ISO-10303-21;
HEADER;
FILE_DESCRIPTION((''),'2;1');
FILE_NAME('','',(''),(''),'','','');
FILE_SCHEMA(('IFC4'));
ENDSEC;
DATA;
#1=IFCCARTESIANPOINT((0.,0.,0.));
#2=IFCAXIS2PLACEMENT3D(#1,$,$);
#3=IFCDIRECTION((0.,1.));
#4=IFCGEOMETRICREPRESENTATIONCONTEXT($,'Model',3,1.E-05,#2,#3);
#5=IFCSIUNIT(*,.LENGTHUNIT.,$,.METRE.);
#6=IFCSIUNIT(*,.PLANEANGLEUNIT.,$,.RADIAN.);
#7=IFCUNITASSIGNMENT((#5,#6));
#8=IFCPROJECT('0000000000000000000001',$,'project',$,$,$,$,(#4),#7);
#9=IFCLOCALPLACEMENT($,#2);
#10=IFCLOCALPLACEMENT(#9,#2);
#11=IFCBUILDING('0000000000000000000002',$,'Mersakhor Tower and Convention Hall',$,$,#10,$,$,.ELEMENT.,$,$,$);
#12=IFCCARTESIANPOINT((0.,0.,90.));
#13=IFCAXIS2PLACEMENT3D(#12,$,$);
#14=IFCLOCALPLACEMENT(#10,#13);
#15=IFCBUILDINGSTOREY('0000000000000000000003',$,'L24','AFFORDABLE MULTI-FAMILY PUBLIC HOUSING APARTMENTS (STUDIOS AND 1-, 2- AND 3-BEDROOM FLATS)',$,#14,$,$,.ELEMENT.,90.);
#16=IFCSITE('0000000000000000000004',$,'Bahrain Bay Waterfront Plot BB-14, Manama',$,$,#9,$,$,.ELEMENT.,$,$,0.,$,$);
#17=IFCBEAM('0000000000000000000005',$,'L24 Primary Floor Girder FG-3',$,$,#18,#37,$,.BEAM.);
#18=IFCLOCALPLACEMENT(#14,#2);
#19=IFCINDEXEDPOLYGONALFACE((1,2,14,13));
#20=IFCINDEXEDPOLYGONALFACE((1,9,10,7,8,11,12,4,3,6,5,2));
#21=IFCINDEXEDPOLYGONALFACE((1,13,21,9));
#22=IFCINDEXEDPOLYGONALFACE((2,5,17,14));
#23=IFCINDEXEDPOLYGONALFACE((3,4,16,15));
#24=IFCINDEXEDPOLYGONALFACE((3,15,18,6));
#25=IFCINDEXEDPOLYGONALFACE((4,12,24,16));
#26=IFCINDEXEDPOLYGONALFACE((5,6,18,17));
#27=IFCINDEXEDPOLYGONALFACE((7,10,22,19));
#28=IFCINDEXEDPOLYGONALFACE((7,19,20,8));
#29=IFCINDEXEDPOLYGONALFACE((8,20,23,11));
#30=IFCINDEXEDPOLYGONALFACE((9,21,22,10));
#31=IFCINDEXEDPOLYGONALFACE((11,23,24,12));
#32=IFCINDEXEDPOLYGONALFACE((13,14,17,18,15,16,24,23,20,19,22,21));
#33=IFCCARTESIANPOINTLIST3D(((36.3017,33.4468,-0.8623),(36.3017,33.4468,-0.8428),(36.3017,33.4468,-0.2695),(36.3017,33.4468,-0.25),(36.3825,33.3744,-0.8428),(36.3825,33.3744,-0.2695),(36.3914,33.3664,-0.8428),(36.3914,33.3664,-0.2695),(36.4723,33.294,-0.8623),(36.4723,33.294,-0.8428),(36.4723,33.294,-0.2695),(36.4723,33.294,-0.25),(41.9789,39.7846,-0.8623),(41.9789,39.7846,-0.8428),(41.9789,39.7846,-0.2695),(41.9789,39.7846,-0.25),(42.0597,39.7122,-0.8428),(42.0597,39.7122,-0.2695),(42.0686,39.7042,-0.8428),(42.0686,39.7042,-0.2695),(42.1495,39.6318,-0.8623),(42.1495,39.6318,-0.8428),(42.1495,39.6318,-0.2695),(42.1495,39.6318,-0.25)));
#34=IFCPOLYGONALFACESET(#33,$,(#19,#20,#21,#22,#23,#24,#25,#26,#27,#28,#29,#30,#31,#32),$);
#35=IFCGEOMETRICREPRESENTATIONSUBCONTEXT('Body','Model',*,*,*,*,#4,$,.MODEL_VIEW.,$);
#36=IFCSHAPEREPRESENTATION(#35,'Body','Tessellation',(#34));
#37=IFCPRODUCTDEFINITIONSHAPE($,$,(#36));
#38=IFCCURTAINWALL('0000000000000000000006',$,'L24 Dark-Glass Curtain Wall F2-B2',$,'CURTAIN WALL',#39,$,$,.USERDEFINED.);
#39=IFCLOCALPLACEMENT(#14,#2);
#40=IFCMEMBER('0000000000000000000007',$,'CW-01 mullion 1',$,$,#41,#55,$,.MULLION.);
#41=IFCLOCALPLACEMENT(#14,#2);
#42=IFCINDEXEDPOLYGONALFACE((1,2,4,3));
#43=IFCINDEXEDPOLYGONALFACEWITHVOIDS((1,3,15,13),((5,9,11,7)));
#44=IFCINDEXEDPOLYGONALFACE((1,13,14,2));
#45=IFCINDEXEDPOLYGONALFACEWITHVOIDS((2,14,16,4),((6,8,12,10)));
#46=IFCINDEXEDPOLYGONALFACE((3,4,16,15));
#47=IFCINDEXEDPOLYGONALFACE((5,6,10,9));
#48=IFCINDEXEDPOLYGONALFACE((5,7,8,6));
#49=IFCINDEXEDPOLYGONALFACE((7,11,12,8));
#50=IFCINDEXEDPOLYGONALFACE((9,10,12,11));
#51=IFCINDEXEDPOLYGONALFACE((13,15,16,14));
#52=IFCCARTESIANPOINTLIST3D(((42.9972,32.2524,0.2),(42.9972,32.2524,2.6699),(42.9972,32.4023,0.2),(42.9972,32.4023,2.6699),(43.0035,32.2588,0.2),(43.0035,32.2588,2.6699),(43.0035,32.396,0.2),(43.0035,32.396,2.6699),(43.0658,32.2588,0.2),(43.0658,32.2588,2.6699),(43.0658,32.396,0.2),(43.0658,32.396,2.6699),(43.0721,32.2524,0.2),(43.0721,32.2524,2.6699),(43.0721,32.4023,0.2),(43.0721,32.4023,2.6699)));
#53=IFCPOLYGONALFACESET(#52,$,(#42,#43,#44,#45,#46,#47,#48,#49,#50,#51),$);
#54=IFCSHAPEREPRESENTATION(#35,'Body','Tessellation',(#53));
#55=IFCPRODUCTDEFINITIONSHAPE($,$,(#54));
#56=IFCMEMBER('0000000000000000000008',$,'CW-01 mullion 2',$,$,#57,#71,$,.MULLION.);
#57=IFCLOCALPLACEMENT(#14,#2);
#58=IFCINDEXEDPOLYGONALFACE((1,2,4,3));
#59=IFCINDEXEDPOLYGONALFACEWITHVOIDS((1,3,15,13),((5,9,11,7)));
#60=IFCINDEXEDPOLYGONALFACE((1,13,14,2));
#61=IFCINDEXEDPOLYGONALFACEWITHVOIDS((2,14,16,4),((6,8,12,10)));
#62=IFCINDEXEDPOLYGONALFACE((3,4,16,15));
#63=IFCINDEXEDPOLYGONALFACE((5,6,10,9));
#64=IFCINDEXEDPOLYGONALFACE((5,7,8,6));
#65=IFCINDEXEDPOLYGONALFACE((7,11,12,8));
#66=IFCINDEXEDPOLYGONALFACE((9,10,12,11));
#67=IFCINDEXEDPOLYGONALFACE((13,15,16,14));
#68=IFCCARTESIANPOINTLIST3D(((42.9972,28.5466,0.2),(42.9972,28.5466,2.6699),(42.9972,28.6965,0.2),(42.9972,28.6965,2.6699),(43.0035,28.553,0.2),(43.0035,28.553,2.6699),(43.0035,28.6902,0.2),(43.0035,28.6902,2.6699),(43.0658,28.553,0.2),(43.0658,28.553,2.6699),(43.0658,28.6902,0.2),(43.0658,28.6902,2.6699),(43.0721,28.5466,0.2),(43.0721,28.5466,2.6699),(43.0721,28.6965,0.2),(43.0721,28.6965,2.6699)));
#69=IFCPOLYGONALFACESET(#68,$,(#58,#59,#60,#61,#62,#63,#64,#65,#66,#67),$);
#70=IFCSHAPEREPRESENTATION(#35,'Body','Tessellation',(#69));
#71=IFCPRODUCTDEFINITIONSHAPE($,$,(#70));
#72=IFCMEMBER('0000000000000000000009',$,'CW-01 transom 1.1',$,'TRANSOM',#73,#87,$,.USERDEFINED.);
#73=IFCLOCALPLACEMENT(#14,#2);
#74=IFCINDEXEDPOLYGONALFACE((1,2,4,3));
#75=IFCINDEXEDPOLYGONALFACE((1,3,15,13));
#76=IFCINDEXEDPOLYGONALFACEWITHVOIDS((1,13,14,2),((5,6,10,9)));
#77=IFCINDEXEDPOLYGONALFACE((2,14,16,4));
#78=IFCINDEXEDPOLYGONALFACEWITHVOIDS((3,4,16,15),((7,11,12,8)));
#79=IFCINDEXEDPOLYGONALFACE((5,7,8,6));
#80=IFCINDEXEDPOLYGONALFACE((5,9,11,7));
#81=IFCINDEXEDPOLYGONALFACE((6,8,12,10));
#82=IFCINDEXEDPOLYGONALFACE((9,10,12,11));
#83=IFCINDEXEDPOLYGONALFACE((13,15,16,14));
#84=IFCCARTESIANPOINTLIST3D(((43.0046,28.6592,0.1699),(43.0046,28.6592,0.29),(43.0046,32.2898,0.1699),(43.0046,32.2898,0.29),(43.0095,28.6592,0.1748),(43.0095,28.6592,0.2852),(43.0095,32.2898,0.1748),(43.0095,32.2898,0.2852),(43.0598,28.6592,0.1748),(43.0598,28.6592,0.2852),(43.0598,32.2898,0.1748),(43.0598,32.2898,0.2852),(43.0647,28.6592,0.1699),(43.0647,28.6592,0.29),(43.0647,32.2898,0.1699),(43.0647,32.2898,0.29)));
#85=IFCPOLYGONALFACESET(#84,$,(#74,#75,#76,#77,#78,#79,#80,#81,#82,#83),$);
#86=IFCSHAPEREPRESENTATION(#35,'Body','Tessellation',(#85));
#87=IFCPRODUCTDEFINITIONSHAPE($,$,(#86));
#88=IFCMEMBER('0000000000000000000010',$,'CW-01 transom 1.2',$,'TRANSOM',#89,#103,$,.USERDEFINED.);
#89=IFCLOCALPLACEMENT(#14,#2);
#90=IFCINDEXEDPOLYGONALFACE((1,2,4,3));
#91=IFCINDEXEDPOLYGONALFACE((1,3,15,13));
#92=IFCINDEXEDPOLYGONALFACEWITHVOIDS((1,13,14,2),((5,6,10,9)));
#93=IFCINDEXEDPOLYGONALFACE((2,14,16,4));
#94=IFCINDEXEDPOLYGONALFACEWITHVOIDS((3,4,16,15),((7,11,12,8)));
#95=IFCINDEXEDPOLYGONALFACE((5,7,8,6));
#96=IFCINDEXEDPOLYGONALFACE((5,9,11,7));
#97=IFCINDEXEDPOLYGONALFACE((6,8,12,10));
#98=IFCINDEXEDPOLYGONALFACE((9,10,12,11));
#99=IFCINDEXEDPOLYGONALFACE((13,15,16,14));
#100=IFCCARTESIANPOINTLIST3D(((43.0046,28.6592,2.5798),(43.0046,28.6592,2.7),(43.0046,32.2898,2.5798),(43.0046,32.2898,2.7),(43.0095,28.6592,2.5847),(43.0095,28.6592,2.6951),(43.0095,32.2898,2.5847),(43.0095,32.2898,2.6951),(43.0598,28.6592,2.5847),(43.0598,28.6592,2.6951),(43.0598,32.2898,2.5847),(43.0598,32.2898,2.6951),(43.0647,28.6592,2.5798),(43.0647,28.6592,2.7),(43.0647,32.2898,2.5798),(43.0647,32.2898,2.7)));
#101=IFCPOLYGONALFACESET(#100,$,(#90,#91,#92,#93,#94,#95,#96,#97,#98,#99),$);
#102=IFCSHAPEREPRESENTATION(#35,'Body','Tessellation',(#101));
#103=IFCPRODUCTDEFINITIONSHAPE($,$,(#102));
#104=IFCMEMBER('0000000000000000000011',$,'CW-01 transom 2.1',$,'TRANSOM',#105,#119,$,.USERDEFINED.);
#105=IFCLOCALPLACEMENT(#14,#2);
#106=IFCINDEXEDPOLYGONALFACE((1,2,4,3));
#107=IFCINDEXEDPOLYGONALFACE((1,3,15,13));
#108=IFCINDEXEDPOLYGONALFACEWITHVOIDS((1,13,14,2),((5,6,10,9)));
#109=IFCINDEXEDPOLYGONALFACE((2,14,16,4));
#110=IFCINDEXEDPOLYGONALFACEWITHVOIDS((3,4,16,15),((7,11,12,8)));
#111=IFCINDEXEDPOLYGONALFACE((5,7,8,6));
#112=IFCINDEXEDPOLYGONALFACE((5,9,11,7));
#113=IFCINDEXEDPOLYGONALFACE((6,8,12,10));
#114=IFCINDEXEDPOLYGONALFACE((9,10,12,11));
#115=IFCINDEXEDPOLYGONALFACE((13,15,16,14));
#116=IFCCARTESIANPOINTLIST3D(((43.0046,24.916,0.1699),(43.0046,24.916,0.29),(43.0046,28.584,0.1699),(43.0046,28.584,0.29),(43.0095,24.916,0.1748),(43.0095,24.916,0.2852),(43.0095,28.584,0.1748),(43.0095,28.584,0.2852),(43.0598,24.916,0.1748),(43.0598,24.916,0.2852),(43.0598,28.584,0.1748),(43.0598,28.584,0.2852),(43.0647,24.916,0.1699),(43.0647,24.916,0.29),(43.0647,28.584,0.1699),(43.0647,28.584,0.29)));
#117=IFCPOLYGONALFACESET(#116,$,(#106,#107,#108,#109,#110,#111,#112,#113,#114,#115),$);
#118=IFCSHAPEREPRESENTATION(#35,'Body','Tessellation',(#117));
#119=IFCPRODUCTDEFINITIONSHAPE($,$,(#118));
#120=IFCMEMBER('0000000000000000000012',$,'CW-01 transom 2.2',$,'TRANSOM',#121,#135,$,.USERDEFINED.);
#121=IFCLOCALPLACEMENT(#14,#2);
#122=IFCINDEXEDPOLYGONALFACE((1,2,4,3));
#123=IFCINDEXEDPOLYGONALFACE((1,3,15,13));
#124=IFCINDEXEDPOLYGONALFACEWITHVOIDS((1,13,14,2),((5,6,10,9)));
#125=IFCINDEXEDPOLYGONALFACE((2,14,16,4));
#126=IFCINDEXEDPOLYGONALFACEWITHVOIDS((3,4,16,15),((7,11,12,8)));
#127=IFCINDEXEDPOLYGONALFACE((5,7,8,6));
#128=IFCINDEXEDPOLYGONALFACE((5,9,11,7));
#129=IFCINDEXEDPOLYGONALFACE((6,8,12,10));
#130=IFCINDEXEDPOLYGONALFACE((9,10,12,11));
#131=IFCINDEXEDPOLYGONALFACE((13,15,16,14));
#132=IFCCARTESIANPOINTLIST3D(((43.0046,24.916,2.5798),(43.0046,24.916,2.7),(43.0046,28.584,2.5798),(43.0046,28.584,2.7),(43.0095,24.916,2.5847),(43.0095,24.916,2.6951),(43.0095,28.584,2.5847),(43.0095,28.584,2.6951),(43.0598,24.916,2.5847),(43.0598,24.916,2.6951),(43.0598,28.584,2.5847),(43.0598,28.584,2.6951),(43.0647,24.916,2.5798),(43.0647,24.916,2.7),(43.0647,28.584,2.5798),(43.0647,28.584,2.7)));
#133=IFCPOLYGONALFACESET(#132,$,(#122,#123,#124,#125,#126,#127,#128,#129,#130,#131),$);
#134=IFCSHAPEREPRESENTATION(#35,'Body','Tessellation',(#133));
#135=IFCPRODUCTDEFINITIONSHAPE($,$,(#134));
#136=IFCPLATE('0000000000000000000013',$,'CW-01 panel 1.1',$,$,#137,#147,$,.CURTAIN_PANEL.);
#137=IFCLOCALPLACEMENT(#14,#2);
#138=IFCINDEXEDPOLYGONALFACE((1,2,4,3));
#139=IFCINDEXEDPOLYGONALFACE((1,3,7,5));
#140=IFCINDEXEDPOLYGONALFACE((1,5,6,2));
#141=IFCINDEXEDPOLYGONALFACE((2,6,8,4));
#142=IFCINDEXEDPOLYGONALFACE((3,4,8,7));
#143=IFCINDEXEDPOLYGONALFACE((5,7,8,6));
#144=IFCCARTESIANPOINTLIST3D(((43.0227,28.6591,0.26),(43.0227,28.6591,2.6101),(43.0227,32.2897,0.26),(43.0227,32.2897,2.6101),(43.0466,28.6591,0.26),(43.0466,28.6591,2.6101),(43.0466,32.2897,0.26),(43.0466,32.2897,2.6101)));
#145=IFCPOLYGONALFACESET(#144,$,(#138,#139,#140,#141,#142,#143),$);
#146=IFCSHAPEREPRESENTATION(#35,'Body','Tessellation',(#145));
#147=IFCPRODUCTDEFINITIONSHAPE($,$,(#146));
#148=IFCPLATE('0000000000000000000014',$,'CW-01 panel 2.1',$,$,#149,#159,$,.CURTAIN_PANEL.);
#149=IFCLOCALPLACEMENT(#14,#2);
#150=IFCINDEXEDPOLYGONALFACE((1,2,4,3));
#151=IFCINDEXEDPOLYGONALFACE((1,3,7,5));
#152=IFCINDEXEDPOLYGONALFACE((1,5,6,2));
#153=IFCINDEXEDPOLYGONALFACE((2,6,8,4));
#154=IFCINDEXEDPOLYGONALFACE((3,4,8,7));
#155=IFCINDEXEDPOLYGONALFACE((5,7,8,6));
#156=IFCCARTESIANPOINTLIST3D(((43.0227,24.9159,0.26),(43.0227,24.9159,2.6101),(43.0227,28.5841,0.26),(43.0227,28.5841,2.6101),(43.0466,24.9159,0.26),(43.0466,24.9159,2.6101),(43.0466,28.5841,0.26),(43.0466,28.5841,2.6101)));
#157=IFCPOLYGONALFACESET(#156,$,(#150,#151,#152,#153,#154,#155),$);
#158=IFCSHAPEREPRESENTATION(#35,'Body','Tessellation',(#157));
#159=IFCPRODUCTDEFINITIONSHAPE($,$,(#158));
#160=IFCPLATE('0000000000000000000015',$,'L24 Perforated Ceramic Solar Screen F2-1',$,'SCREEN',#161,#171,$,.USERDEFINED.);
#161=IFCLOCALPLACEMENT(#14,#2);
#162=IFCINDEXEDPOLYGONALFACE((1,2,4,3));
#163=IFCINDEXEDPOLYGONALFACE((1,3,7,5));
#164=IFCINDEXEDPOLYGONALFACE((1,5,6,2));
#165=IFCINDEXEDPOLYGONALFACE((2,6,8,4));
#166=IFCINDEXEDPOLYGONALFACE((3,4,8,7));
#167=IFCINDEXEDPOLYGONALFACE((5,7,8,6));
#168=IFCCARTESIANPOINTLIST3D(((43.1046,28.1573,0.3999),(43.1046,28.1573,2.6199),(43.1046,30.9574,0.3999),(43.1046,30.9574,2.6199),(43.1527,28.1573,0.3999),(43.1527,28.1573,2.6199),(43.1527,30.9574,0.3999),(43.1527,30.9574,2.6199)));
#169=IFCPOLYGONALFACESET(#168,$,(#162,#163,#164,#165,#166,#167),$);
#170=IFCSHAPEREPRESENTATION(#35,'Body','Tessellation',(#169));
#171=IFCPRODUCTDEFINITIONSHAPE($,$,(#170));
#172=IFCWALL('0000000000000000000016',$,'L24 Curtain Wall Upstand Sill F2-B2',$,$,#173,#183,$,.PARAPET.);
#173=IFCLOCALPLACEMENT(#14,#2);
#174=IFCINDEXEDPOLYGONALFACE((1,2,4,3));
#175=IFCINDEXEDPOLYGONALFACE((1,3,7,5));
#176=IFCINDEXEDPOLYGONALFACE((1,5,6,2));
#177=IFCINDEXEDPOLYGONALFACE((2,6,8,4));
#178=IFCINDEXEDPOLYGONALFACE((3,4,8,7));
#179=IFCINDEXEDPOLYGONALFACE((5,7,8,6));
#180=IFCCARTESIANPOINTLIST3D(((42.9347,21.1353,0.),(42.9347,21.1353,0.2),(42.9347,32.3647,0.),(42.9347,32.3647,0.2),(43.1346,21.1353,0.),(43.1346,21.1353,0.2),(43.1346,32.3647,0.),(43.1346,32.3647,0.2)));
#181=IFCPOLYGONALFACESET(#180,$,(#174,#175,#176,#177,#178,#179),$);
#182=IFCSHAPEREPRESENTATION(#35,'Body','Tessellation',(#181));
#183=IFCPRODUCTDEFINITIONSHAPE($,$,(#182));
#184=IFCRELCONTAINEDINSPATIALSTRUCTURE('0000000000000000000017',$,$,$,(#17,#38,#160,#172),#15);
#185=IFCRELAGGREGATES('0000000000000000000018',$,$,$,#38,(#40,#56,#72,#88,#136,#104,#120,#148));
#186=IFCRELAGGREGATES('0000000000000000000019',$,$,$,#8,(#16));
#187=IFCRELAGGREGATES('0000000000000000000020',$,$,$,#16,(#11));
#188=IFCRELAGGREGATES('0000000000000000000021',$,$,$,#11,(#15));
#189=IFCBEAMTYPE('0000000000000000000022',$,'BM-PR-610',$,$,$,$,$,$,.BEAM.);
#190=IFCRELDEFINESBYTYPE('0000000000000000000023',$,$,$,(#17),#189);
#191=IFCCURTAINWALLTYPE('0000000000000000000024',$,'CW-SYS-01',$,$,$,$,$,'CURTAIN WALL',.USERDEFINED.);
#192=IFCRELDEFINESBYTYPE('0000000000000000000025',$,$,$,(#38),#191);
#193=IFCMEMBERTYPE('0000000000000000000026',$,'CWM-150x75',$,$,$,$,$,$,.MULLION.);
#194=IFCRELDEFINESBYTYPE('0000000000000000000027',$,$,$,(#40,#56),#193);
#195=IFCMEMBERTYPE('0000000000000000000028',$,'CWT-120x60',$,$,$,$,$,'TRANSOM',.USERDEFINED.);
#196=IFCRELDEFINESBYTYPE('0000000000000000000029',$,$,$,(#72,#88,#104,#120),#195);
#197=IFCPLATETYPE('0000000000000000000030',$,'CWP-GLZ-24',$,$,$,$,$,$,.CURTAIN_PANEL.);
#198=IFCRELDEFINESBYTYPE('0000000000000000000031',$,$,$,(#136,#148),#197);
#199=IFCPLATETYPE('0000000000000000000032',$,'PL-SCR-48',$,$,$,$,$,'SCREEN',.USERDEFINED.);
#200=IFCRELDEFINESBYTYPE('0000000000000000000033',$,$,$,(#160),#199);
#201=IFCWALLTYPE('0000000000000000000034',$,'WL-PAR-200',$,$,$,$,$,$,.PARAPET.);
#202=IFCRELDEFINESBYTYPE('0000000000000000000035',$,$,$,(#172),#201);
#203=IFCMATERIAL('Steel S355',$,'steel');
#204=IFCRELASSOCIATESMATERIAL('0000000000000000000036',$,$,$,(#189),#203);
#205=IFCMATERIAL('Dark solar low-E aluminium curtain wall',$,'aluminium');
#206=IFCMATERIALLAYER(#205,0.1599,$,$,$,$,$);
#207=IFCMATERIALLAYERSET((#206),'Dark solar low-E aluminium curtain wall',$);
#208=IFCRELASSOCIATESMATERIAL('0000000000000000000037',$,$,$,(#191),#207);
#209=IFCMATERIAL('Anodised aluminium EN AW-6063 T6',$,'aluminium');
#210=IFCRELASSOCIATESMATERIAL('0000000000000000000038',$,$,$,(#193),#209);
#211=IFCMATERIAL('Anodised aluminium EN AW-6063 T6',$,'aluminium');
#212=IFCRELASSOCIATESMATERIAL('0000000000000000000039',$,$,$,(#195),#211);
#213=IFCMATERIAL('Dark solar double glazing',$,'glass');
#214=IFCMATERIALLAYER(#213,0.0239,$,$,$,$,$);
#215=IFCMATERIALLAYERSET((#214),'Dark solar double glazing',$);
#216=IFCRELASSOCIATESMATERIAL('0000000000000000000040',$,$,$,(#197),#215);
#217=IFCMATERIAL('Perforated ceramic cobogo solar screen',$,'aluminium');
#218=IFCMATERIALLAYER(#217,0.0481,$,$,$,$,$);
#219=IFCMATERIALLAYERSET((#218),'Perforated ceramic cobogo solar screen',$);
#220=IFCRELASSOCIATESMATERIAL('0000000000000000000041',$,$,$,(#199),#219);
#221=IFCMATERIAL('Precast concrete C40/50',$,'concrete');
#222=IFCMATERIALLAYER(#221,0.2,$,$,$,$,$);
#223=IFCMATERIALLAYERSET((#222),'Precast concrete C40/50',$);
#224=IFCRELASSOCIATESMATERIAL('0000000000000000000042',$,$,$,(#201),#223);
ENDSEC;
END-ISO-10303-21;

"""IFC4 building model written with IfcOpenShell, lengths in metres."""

from ifc_helpers import new_model, si_unit, direction, frame, frame_2d, origin, origin_2d, place, context, subcontext, project, spatial, rectangle, hollow_rectangle, i_section, extrude, material, layer, layer_set, material_profile, profile_set, type_object, element, aggregate, save


model = new_model("IFC4")

# Units and contexts
model_context = context("Model", 3, precision=1e-05, world=origin(), true_north=direction((0.0, 1.0)))
body_context = subcontext(model_context, "Body", "Model", "MODEL_VIEW")
ifc_project = project(units=[si_unit("LENGTHUNIT", "METRE"), si_unit("PLANEANGLEUNIT", "RADIAN")], contexts=[model_context])

# Site, building, storey
site_placement = place(None, origin())
site = spatial("IfcSite", under=ifc_project, at=site_placement, Name="Bahrain Bay Waterfront Plot BB-14, Manama", CompositionType="ELEMENT", RefElevation=0.0)
building_placement = place(site_placement, origin())
building = spatial("IfcBuilding", under=site, at=building_placement, Name="Mersakhor Tower and Convention Hall", CompositionType="ELEMENT")
storey_placement = place(building_placement, frame((0.0, 0.0, 90.0)))
storey = spatial("IfcBuildingStorey", under=building, at=storey_placement, Name="L24", Description="AFFORDABLE MULTI-FAMILY PUBLIC HOUSING APARTMENTS (STUDIOS AND 1-, 2- AND 3-BEDROOM FLATS)", CompositionType="ELEMENT", Elevation=90.0)

# Beam
ifc_material_1 = material(Name="Steel S355", Category="steel")
ifc_material_profile_1 = material_profile(ifc_material_1, i_section(OverallWidth=0.229, OverallDepth=0.6123, WebThickness=0.012, FlangeThickness=0.0195, at=origin_2d()), Name="UB 610x229x125")
ifc_profile_set_1 = profile_set([ifc_material_profile_1], Name="Steel S355")
beam_type = type_object("IfcBeamType", Name="BM-PR-610", PredefinedType="BEAM", material=ifc_profile_set_1)
beam_placement = place(storey_placement, frame((36.387, 33.3704, -0.5562), z_axis=(0.667219, 0.744861, 0.0), x_axis=(-0.744861, 0.667219, 0.0)))
element("IfcBeam", 1, at=beam_placement, inside=storey, type_object=beam_type, Name="L24 Primary Floor Girder FG-3", PredefinedType="BEAM", context=body_context, shape_type="SweptSolid", body=[
    extrude(i_section(OverallWidth=0.229, OverallDepth=0.6123, WebThickness=0.012, FlangeThickness=0.0195, at=origin_2d()), origin(), (0.0, 0.0, 1.0), 8.5088),
])

# Curtain wall, members, plates
ifc_material_2 = material(Name="Dark solar low-E aluminium curtain wall", Category="aluminium")
ifc_layer_1 = layer(ifc_material_2, 0.1599)
ifc_layer_set_1 = layer_set([ifc_layer_1], Name="Dark solar low-E aluminium curtain wall")
curtain_wall_type = type_object("IfcCurtainWallType", Name="CW-SYS-01", ElementType="CURTAIN WALL", PredefinedType="USERDEFINED", material=ifc_layer_set_1)
curtain_wall_placement = place(storey_placement, origin())
curtain_wall = element("IfcCurtainWall", 2, at=curtain_wall_placement, inside=storey, type_object=curtain_wall_type, Name="L24 Dark-Glass Curtain Wall F2-B2", ObjectType="CURTAIN WALL", PredefinedType="USERDEFINED")
ifc_material_3 = material(Name="Anodised aluminium EN AW-6063 T6", Category="aluminium")
ifc_material_profile_2 = material_profile(ifc_material_3, hollow_rectangle(XDim=0.075, YDim=0.1499, WallThickness=0.0063, at=origin_2d()), Name="RHS 150x75x6.3")
ifc_profile_set_2 = profile_set([ifc_material_profile_2], Name="Anodised aluminium EN AW-6063 T6")
member_type_1 = type_object("IfcMemberType", Name="CWM-150x75", PredefinedType="MULLION", material=ifc_profile_set_2)
member_1_placement = place(storey_placement, frame((43.0347, 32.3274, 0.2), z_axis=(0.0, 0.0, 1.0), x_axis=(1.0, 0.0, 0.0)))
member_1 = element("IfcMember", 3, at=member_1_placement, type_object=member_type_1, Name="CW-01 mullion 1", PredefinedType="MULLION", context=body_context, shape_type="SweptSolid", body=[
    extrude(hollow_rectangle(XDim=0.075, YDim=0.1499, WallThickness=0.0063, at=origin_2d()), origin(), (0.0, 0.0, 1.0), 2.47),
])
member_2_placement = place(storey_placement, frame((43.0347, 28.6216, 0.2), z_axis=(0.0, 0.0, 1.0), x_axis=(1.0, 0.0, 0.0)))
member_2 = element("IfcMember", 4, at=member_2_placement, type_object=member_type_1, Name="CW-01 mullion 2", PredefinedType="MULLION", context=body_context, shape_type="SweptSolid", body=[
    extrude(hollow_rectangle(XDim=0.075, YDim=0.1499, WallThickness=0.0063, at=origin_2d()), origin(), (0.0, 0.0, 1.0), 2.47),
])
ifc_material_4 = material(Name="Anodised aluminium EN AW-6063 T6", Category="aluminium")
ifc_material_profile_3 = material_profile(ifc_material_4, hollow_rectangle(XDim=0.0601, YDim=0.1201, WallThickness=0.0049, at=origin_2d()), Name="RHS 120x60x5")
ifc_profile_set_3 = profile_set([ifc_material_profile_3], Name="Anodised aluminium EN AW-6063 T6")
member_type_2 = type_object("IfcMemberType", Name="CWT-120x60", ElementType="TRANSOM", PredefinedType="USERDEFINED", material=ifc_profile_set_3)
member_3_placement = place(storey_placement, frame((43.0347, 32.2898, 0.23), z_axis=(0.0, -1.0, 0.0), x_axis=(1.0, 0.0, 0.0)))
member_3 = element("IfcMember", 5, at=member_3_placement, type_object=member_type_2, Name="CW-01 transom 1.1", ObjectType="TRANSOM", PredefinedType="USERDEFINED", context=body_context, shape_type="SweptSolid", body=[
    extrude(hollow_rectangle(XDim=0.0601, YDim=0.1201, WallThickness=0.0049, at=origin_2d()), origin(), (0.0, 0.0, 1.0), 3.6306),
])
member_4_placement = place(storey_placement, frame((43.0347, 32.2898, 2.6399), z_axis=(0.0, -1.0, 0.0), x_axis=(1.0, 0.0, 0.0)))
member_4 = element("IfcMember", 6, at=member_4_placement, type_object=member_type_2, Name="CW-01 transom 1.2", ObjectType="TRANSOM", PredefinedType="USERDEFINED", context=body_context, shape_type="SweptSolid", body=[
    extrude(hollow_rectangle(XDim=0.0601, YDim=0.1201, WallThickness=0.0049, at=origin_2d()), origin(), (0.0, 0.0, 1.0), 3.6306),
])
member_5_placement = place(storey_placement, frame((43.0347, 28.584, 0.23), z_axis=(0.0, -1.0, 0.0), x_axis=(1.0, 0.0, 0.0)))
member_5 = element("IfcMember", 7, at=member_5_placement, type_object=member_type_2, Name="CW-01 transom 2.1", ObjectType="TRANSOM", PredefinedType="USERDEFINED", context=body_context, shape_type="SweptSolid", body=[
    extrude(hollow_rectangle(XDim=0.0601, YDim=0.1201, WallThickness=0.0049, at=origin_2d()), origin(), (0.0, 0.0, 1.0), 3.668),
])
member_6_placement = place(storey_placement, frame((43.0347, 28.584, 2.6399), z_axis=(0.0, -1.0, 0.0), x_axis=(1.0, 0.0, 0.0)))
member_6 = element("IfcMember", 8, at=member_6_placement, type_object=member_type_2, Name="CW-01 transom 2.2", ObjectType="TRANSOM", PredefinedType="USERDEFINED", context=body_context, shape_type="SweptSolid", body=[
    extrude(hollow_rectangle(XDim=0.0601, YDim=0.1201, WallThickness=0.0049, at=origin_2d()), origin(), (0.0, 0.0, 1.0), 3.668),
])
ifc_material_5 = material(Name="Dark solar double glazing", Category="glass")
ifc_layer_2 = layer(ifc_material_5, 0.0239)
ifc_layer_set_2 = layer_set([ifc_layer_2], Name="Dark solar double glazing")
plate_type_1 = type_object("IfcPlateType", Name="CWP-GLZ-24", PredefinedType="CURTAIN_PANEL", material=ifc_layer_set_2)
plate_1_placement = place(storey_placement, frame((43.0347, 30.4744, 0.26), z_axis=(0.0, 0.0, 1.0), x_axis=(0.0, -1.0, 0.0)))
plate_1 = element("IfcPlate", 9, at=plate_1_placement, type_object=plate_type_1, Name="CW-01 panel 1.1", PredefinedType="CURTAIN_PANEL", context=body_context, shape_type="SweptSolid", body=[
    extrude(rectangle(XDim=3.6306, YDim=0.0239, at=origin_2d()), origin(), (0.0, 0.0, 1.0), 2.3501),
])
plate_2_placement = place(storey_placement, frame((43.0347, 26.75, 0.26), z_axis=(0.0, 0.0, 1.0), x_axis=(0.0, -1.0, 0.0)))
plate_2 = element("IfcPlate", 10, at=plate_2_placement, type_object=plate_type_1, Name="CW-01 panel 2.1", PredefinedType="CURTAIN_PANEL", context=body_context, shape_type="SweptSolid", body=[
    extrude(rectangle(XDim=3.6682, YDim=0.0239, at=origin_2d()), origin(), (0.0, 0.0, 1.0), 2.3501),
])
aggregate(curtain_wall, [member_1, member_2, member_3, member_4, plate_1, member_5, member_6, plate_2])

# Plate
ifc_material_6 = material(Name="Perforated ceramic cobogo solar screen", Category="aluminium")
ifc_layer_3 = layer(ifc_material_6, 0.0481)
ifc_layer_set_3 = layer_set([ifc_layer_3], Name="Perforated ceramic cobogo solar screen")
plate_type_2 = type_object("IfcPlateType", Name="PL-SCR-48", ElementType="SCREEN", PredefinedType="USERDEFINED", material=ifc_layer_set_3)
plate_3_placement = place(storey_placement, frame((43.1287, 29.5574, 0.3999), z_axis=(0.0, 0.0, 1.0), x_axis=(0.0, -1.0, 0.0)))
element("IfcPlate", 11, at=plate_3_placement, inside=storey, type_object=plate_type_2, Name="L24 Perforated Ceramic Solar Screen F2-1", ObjectType="SCREEN", PredefinedType="USERDEFINED", context=body_context, shape_type="SweptSolid", body=[
    extrude(rectangle(XDim=2.8, YDim=0.0481, at=origin_2d()), origin(), (0.0, 0.0, 1.0), 2.22),
])

# Wall
ifc_material_7 = material(Name="Precast concrete C40/50", Category="concrete")
ifc_layer_4 = layer(ifc_material_7, 0.2)
ifc_layer_set_4 = layer_set([ifc_layer_4], Name="Precast concrete C40/50")
wall_type_1 = type_object("IfcWallType", Name="WL-PAR-200", PredefinedType="PARAPET", material=ifc_layer_set_4)
wall_1_placement = place(storey_placement, frame((43.0347, 32.3647, 0.0), z_axis=(0.0, 0.0, 1.0), x_axis=(0.0, -1.0, 0.0)))
element("IfcWall", 12, at=wall_1_placement, inside=storey, type_object=wall_type_1, Name="L24 Curtain Wall Upstand Sill F2-B2", PredefinedType="PARAPET", context=body_context, shape_type="SweptSolid", body=[
    extrude(rectangle(XDim=11.2295, YDim=0.2, at=frame_2d((5.6147, 0.0))), origin(), (0.0, 0.0, 1.0), 0.2),
])

save(model, "model.ifc")
